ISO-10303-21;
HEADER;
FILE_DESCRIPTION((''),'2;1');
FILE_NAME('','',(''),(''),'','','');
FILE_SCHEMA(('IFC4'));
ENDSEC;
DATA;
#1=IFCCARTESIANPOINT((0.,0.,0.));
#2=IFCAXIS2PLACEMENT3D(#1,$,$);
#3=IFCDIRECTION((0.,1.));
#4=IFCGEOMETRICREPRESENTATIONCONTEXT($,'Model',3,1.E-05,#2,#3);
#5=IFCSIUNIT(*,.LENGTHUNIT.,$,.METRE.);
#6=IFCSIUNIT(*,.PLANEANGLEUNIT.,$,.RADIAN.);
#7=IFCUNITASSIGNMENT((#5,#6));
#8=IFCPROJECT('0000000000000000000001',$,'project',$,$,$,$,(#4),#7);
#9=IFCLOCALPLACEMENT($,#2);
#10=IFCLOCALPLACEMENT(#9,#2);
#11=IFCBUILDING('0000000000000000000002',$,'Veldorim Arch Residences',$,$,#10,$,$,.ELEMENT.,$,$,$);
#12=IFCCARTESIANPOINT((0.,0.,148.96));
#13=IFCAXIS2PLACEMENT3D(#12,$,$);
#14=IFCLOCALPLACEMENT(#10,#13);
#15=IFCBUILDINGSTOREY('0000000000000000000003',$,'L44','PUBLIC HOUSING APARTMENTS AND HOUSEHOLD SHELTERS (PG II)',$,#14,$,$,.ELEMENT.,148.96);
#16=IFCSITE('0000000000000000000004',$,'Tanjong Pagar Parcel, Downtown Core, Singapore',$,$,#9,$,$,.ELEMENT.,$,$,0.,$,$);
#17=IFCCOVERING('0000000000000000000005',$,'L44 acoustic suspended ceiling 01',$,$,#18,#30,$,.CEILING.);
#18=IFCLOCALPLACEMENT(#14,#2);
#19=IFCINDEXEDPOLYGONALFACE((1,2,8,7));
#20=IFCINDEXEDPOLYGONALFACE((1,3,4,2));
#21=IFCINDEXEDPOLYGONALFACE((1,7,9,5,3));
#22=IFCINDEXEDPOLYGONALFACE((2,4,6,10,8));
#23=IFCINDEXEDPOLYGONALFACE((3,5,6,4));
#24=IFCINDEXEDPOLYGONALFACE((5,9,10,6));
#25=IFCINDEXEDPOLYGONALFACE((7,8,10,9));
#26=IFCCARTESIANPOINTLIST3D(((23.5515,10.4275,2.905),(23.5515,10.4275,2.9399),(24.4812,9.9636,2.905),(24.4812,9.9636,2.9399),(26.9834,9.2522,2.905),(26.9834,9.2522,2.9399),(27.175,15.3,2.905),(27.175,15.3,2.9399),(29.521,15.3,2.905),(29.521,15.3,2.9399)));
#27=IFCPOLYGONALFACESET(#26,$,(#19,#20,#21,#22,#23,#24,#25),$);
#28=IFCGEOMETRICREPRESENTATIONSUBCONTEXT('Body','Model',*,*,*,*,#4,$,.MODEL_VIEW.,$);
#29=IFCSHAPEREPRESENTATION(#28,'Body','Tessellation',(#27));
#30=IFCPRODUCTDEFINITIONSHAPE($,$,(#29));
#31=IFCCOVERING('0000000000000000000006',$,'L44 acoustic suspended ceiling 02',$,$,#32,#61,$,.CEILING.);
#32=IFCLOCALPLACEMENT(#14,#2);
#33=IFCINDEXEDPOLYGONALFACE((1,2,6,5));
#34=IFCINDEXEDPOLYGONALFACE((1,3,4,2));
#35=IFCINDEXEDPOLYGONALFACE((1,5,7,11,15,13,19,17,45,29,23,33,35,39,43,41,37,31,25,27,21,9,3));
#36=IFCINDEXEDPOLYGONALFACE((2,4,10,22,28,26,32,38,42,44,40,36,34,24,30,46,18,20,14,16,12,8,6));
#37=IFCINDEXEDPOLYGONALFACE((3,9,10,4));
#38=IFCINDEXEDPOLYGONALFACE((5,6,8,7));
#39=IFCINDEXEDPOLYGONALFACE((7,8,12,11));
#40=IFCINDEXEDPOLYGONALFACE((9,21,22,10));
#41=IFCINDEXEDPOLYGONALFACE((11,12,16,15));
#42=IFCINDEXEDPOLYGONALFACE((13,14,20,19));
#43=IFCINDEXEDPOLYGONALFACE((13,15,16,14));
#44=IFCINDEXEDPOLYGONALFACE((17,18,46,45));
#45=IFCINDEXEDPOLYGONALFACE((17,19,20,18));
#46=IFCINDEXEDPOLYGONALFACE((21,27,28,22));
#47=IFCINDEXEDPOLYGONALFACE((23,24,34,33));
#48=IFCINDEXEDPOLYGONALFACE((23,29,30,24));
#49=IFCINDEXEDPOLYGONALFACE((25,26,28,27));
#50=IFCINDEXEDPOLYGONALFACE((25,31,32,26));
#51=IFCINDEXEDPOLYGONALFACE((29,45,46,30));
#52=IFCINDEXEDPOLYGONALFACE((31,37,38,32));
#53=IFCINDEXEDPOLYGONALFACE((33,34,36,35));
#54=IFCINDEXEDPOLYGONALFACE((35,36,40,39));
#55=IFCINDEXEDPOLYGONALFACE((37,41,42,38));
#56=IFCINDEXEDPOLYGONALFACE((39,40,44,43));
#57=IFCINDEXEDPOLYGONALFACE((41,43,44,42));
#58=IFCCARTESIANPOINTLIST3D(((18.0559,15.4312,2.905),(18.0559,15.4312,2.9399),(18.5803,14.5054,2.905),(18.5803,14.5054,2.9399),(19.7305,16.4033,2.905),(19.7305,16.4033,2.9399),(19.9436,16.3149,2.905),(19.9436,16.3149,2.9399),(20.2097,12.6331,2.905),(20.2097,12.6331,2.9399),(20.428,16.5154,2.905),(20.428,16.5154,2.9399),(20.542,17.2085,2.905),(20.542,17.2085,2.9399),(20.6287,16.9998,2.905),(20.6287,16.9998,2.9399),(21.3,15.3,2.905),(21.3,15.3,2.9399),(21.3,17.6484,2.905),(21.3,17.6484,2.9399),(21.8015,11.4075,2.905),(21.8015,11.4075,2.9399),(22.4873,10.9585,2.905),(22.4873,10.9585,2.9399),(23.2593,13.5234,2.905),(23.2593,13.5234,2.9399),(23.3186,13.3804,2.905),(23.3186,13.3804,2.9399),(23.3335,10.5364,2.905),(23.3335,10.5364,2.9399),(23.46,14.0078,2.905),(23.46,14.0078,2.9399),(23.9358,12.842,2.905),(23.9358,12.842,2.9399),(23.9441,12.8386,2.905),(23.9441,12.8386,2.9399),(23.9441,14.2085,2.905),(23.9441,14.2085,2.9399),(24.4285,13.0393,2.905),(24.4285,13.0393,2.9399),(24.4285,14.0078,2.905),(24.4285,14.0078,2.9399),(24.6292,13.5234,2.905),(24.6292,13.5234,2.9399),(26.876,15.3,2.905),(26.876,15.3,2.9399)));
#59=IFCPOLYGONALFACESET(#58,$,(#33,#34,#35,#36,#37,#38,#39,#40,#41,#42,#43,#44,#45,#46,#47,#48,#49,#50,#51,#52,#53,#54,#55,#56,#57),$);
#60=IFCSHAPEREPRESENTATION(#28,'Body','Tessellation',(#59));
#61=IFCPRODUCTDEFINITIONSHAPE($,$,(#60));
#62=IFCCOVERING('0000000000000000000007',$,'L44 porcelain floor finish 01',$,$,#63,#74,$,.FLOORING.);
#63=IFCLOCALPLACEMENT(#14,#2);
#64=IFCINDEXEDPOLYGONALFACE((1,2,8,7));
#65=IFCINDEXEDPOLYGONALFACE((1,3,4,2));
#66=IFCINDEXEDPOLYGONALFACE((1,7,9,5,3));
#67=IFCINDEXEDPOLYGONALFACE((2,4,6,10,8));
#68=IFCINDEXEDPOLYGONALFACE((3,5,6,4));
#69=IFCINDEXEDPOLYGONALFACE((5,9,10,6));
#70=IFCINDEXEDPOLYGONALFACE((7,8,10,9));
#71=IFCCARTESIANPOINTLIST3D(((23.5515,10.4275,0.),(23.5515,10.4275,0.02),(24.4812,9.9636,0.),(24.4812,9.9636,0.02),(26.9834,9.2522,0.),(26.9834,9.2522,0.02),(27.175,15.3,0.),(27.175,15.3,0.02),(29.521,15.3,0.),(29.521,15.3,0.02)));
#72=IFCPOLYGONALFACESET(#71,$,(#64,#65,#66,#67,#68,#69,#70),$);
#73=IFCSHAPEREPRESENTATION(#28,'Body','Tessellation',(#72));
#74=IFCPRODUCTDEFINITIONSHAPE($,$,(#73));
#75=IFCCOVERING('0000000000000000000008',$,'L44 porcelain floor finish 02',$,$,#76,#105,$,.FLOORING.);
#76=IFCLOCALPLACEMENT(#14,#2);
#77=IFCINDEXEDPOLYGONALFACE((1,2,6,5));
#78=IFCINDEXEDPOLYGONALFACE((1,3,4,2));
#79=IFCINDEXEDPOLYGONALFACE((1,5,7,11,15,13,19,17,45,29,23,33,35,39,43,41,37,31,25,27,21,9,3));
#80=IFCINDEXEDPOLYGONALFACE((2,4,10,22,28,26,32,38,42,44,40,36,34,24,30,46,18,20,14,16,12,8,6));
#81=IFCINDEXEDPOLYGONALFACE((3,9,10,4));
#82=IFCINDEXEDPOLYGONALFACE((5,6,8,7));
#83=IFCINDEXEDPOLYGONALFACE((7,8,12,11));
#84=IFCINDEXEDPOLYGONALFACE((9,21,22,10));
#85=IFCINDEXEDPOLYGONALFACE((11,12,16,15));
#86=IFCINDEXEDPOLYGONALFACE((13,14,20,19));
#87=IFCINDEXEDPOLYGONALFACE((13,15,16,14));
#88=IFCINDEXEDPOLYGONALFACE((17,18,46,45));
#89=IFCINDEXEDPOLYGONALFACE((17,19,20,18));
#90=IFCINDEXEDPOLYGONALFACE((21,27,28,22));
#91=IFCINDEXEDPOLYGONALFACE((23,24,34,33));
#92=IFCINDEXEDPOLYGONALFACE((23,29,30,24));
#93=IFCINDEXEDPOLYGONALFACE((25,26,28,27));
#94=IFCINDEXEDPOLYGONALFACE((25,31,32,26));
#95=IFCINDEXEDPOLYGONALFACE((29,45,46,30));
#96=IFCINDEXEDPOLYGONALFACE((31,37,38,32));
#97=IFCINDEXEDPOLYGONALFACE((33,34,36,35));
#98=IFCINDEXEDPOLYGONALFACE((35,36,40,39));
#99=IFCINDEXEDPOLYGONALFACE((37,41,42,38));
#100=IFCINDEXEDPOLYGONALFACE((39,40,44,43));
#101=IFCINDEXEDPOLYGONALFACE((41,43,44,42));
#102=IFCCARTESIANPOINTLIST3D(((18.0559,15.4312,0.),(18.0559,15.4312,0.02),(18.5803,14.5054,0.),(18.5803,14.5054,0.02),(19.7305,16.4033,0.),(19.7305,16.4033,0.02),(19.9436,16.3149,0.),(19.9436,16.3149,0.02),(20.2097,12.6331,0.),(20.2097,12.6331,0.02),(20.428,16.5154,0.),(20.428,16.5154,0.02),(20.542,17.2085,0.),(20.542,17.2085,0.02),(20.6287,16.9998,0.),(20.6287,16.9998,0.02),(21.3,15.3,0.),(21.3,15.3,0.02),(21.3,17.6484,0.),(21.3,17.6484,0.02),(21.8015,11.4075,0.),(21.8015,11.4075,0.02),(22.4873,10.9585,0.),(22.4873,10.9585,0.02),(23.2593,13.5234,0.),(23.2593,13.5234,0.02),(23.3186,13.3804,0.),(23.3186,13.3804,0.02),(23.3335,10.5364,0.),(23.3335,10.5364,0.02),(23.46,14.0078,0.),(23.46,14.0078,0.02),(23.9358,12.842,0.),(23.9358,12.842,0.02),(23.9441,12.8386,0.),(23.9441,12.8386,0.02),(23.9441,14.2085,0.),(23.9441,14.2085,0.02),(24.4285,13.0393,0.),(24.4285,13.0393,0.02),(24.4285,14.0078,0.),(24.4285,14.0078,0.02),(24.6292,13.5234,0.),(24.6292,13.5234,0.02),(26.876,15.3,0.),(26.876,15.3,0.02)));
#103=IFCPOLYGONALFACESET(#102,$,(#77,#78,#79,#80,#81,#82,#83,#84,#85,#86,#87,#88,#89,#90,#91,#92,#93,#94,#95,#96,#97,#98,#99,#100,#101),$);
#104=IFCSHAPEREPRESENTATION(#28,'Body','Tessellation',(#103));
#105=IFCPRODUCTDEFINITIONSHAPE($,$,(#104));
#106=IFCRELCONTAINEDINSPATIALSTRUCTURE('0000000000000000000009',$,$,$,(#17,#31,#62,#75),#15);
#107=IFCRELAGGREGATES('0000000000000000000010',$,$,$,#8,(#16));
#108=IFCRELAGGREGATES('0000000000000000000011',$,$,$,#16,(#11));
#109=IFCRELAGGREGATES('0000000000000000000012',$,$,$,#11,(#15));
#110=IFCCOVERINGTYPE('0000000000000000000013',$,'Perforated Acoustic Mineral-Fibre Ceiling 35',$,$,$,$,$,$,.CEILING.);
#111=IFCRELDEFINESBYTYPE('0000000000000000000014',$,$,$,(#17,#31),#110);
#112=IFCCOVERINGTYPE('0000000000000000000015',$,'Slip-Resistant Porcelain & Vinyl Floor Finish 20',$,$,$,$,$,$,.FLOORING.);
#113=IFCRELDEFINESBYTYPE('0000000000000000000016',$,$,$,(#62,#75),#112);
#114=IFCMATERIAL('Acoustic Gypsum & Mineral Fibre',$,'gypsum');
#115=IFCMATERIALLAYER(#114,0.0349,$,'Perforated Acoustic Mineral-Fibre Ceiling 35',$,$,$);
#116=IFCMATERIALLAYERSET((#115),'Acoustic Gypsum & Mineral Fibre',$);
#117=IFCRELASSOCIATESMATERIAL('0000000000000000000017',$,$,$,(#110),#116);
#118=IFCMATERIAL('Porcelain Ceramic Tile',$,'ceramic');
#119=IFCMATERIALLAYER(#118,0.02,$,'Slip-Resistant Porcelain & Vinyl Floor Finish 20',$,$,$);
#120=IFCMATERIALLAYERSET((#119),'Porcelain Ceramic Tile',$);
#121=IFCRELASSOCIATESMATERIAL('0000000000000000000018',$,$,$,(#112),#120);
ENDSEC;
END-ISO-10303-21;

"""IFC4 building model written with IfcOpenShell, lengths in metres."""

from ifc_helpers import new_model, si_unit, direction, frame, origin, place, context, subcontext, project, spatial, polyline, outline, extrude, material, layer, layer_set, type_object, element, save


model = new_model("IFC4")

# Units and contexts
model_context = context("Model", 3, precision=1e-05, world=origin(), true_north=direction((0.0, 1.0)))
body_context = subcontext(model_context, "Body", "Model", "MODEL_VIEW")
ifc_project = project(units=[si_unit("LENGTHUNIT", "METRE"), si_unit("PLANEANGLEUNIT", "RADIAN")], contexts=[model_context])

# Site, building, storey
site_placement = place(None, origin())
site = spatial("IfcSite", under=ifc_project, at=site_placement, Name="Tanjong Pagar Parcel, Downtown Core, Singapore", CompositionType="ELEMENT", RefElevation=0.0)
building_placement = place(site_placement, origin())
building = spatial("IfcBuilding", under=site, at=building_placement, Name="Veldorim Arch Residences", CompositionType="ELEMENT")
storey_placement = place(building_placement, frame((0.0, 0.0, 148.96)))
storey = spatial("IfcBuildingStorey", under=building, at=storey_placement, Name="L44", Description="PUBLIC HOUSING APARTMENTS AND HOUSEHOLD SHELTERS (PG II)", CompositionType="ELEMENT", Elevation=148.96)

# Coverings
ifc_material_1 = material(Name="Acoustic Gypsum & Mineral Fibre", Category="gypsum")
ifc_layer_1 = layer(ifc_material_1, 0.0349, Name="Perforated Acoustic Mineral-Fibre Ceiling 35")
ifc_layer_set_1 = layer_set([ifc_layer_1], Name="Acoustic Gypsum & Mineral Fibre")
covering_type_1 = type_object("IfcCoveringType", Name="Perforated Acoustic Mineral-Fibre Ceiling 35", PredefinedType="CEILING", material=ifc_layer_set_1)
covering_1_placement = place(storey_placement, frame((0.0, 0.0, 2.905)))
element("IfcCovering", 1, at=covering_1_placement, inside=storey, type_object=covering_type_1, Name="L44 acoustic suspended ceiling 01", PredefinedType="CEILING", context=body_context, shape_type="SweptSolid", body=[
    extrude(outline(polyline([(27.175, 15.3), (29.521, 15.3), (26.9834, 9.2522), (24.4812, 9.9636), (23.5515, 10.4275), (27.175, 15.3)])), origin(), (0.0, 0.0, 1.0), 0.0349),
])
covering_2_placement = place(storey_placement, frame((0.0, 0.0, 2.905)))
element("IfcCovering", 2, at=covering_2_placement, inside=storey, type_object=covering_type_1, Name="L44 acoustic suspended ceiling 02", PredefinedType="CEILING", context=body_context, shape_type="SweptSolid", body=[
    extrude(outline(polyline([(23.9441, 12.8386), (24.4285, 13.0393), (24.6292, 13.5234), (24.4285, 14.0078), (23.9441, 14.2085), (23.46, 14.0078), (23.2593, 13.5234), (23.3186, 13.3804), (21.8015, 11.4075), (20.2097, 12.6331), (18.5803, 14.5054), (18.0559, 15.4312), (19.7305, 16.4033), (19.9436, 16.3149), (20.428, 16.5154), (20.6287, 16.9998), (20.542, 17.2085), (21.3, 17.6484), (21.3, 15.3), (26.876, 15.3), (23.3335, 10.5364), (22.4873, 10.9585), (23.9358, 12.842), (23.9441, 12.8386)])), origin(), (0.0, 0.0, 1.0), 0.0349),
])
ifc_material_2 = material(Name="Porcelain Ceramic Tile", Category="ceramic")
ifc_layer_2 = layer(ifc_material_2, 0.02, Name="Slip-Resistant Porcelain & Vinyl Floor Finish 20")
ifc_layer_set_2 = layer_set([ifc_layer_2], Name="Porcelain Ceramic Tile")
covering_type_2 = type_object("IfcCoveringType", Name="Slip-Resistant Porcelain & Vinyl Floor Finish 20", PredefinedType="FLOORING", material=ifc_layer_set_2)
covering_3_placement = place(storey_placement, origin())
element("IfcCovering", 3, at=covering_3_placement, inside=storey, type_object=covering_type_2, Name="L44 porcelain floor finish 01", PredefinedType="FLOORING", context=body_context, shape_type="SweptSolid", body=[
    extrude(outline(polyline([(27.175, 15.3), (29.521, 15.3), (26.9834, 9.2522), (24.4812, 9.9636), (23.5515, 10.4275), (27.175, 15.3)])), origin(), (0.0, 0.0, 1.0), 0.02),
])
covering_4_placement = place(storey_placement, origin())
element("IfcCovering", 4, at=covering_4_placement, inside=storey, type_object=covering_type_2, Name="L44 porcelain floor finish 02", PredefinedType="FLOORING", context=body_context, shape_type="SweptSolid", body=[
    extrude(outline(polyline([(23.9441, 12.8386), (24.4285, 13.0393), (24.6292, 13.5234), (24.4285, 14.0078), (23.9441, 14.2085), (23.46, 14.0078), (23.2593, 13.5234), (23.3186, 13.3804), (21.8015, 11.4075), (20.2097, 12.6331), (18.5803, 14.5054), (18.0559, 15.4312), (19.7305, 16.4033), (19.9436, 16.3149), (20.428, 16.5154), (20.6287, 16.9998), (20.542, 17.2085), (21.3, 17.6484), (21.3, 15.3), (26.876, 15.3), (23.3335, 10.5364), (22.4873, 10.9585), (23.9358, 12.842), (23.9441, 12.8386)])), origin(), (0.0, 0.0, 1.0), 0.02),
])

save(model, "model.ifc")
